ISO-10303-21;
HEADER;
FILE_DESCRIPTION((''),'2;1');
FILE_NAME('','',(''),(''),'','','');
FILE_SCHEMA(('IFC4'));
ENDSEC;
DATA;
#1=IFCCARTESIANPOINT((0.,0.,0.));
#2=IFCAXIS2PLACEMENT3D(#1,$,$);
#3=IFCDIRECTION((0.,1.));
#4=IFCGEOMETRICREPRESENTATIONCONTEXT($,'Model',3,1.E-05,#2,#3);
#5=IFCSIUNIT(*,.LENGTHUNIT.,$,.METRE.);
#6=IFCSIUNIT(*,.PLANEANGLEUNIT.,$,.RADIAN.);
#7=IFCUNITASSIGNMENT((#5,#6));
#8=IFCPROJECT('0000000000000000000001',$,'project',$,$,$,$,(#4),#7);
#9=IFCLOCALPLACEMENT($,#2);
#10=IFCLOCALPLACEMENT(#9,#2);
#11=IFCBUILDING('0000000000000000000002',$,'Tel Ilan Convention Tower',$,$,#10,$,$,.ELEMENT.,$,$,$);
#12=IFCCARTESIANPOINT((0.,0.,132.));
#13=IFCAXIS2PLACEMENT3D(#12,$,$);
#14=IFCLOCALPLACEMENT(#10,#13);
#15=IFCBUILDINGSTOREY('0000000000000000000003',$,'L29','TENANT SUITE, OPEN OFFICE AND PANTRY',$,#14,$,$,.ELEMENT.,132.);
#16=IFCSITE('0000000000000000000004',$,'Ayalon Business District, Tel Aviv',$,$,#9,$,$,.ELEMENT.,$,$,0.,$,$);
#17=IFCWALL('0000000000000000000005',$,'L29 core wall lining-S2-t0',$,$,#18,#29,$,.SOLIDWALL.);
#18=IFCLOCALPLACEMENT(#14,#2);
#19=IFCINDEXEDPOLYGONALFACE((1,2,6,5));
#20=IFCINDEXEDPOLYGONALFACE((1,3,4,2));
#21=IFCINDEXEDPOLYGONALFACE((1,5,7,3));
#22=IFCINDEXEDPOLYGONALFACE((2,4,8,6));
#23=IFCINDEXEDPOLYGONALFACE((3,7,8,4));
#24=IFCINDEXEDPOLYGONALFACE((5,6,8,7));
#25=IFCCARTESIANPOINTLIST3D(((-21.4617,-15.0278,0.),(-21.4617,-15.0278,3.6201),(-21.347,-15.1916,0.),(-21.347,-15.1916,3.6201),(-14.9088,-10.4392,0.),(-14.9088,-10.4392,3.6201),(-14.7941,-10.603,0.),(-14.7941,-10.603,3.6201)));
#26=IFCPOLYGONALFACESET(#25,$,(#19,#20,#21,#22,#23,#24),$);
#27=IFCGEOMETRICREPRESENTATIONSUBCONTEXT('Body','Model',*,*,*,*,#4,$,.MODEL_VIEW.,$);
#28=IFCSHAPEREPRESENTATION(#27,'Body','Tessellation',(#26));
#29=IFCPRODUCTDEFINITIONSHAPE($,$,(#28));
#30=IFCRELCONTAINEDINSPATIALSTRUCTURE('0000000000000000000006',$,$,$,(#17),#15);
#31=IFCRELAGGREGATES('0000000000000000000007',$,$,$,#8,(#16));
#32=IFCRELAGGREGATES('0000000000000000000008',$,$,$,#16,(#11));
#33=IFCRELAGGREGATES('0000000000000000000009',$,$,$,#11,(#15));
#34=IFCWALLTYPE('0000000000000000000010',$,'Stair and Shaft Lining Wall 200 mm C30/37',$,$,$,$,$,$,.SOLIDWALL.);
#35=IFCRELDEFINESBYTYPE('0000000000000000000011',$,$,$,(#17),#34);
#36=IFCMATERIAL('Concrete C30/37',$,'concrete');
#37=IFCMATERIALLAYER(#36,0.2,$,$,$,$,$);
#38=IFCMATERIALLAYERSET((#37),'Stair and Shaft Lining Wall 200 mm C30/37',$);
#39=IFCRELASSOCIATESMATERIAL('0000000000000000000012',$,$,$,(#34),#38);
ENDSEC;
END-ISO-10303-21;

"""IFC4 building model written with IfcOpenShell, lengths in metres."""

from ifc_helpers import new_model, si_unit, direction, frame, frame_2d, origin, place, context, subcontext, project, spatial, rectangle, extrude, material, layer, layer_set, type_object, element, save


model = new_model("IFC4")

# Units and contexts
model_context = context("Model", 3, precision=1e-05, world=origin(), true_north=direction((0.0, 1.0)))
body_context = subcontext(model_context, "Body", "Model", "MODEL_VIEW")
ifc_project = project(units=[si_unit("LENGTHUNIT", "METRE"), si_unit("PLANEANGLEUNIT", "RADIAN")], contexts=[model_context])

# Site, building, storey
site_placement = place(None, origin())
site = spatial("IfcSite", under=ifc_project, at=site_placement, Name="Ayalon Business District, Tel Aviv", CompositionType="ELEMENT", RefElevation=0.0)
building_placement = place(site_placement, origin())
building = spatial("IfcBuilding", under=site, at=building_placement, Name="Tel Ilan Convention Tower", CompositionType="ELEMENT")
storey_placement = place(building_placement, frame((0.0, 0.0, 132.0)))
storey = spatial("IfcBuildingStorey", under=building, at=storey_placement, Name="L29", Description="TENANT SUITE, OPEN OFFICE AND PANTRY", CompositionType="ELEMENT", Elevation=132.0)

# Wall
ifc_material_1 = material(Name="Concrete C30/37", Category="concrete")
ifc_layer_1 = layer(ifc_material_1, 0.2)
ifc_layer_set_1 = layer_set([ifc_layer_1], Name="Stair and Shaft Lining Wall 200 mm C30/37")
wall_type_1 = type_object("IfcWallType", Name="Stair and Shaft Lining Wall 200 mm C30/37", PredefinedType="SOLIDWALL", material=ifc_layer_set_1)
wall_1_placement = place(storey_placement, frame((-14.8513, -10.521, 0.0), z_axis=(0.0, 0.0, 1.0), x_axis=(-0.819142, -0.573591, 0.0)))
element("IfcWall", 1, at=wall_1_placement, inside=storey, type_object=wall_type_1, Name="L29 core wall lining-S2-t0", PredefinedType="SOLIDWALL", context=body_context, shape_type="SweptSolid", body=[
    extrude(rectangle(XDim=7.9998, YDim=0.2, at=frame_2d((4.0, 0.0))), origin(), (0.0, 0.0, 1.0), 3.6201),
])

save(model, "model.ifc")
